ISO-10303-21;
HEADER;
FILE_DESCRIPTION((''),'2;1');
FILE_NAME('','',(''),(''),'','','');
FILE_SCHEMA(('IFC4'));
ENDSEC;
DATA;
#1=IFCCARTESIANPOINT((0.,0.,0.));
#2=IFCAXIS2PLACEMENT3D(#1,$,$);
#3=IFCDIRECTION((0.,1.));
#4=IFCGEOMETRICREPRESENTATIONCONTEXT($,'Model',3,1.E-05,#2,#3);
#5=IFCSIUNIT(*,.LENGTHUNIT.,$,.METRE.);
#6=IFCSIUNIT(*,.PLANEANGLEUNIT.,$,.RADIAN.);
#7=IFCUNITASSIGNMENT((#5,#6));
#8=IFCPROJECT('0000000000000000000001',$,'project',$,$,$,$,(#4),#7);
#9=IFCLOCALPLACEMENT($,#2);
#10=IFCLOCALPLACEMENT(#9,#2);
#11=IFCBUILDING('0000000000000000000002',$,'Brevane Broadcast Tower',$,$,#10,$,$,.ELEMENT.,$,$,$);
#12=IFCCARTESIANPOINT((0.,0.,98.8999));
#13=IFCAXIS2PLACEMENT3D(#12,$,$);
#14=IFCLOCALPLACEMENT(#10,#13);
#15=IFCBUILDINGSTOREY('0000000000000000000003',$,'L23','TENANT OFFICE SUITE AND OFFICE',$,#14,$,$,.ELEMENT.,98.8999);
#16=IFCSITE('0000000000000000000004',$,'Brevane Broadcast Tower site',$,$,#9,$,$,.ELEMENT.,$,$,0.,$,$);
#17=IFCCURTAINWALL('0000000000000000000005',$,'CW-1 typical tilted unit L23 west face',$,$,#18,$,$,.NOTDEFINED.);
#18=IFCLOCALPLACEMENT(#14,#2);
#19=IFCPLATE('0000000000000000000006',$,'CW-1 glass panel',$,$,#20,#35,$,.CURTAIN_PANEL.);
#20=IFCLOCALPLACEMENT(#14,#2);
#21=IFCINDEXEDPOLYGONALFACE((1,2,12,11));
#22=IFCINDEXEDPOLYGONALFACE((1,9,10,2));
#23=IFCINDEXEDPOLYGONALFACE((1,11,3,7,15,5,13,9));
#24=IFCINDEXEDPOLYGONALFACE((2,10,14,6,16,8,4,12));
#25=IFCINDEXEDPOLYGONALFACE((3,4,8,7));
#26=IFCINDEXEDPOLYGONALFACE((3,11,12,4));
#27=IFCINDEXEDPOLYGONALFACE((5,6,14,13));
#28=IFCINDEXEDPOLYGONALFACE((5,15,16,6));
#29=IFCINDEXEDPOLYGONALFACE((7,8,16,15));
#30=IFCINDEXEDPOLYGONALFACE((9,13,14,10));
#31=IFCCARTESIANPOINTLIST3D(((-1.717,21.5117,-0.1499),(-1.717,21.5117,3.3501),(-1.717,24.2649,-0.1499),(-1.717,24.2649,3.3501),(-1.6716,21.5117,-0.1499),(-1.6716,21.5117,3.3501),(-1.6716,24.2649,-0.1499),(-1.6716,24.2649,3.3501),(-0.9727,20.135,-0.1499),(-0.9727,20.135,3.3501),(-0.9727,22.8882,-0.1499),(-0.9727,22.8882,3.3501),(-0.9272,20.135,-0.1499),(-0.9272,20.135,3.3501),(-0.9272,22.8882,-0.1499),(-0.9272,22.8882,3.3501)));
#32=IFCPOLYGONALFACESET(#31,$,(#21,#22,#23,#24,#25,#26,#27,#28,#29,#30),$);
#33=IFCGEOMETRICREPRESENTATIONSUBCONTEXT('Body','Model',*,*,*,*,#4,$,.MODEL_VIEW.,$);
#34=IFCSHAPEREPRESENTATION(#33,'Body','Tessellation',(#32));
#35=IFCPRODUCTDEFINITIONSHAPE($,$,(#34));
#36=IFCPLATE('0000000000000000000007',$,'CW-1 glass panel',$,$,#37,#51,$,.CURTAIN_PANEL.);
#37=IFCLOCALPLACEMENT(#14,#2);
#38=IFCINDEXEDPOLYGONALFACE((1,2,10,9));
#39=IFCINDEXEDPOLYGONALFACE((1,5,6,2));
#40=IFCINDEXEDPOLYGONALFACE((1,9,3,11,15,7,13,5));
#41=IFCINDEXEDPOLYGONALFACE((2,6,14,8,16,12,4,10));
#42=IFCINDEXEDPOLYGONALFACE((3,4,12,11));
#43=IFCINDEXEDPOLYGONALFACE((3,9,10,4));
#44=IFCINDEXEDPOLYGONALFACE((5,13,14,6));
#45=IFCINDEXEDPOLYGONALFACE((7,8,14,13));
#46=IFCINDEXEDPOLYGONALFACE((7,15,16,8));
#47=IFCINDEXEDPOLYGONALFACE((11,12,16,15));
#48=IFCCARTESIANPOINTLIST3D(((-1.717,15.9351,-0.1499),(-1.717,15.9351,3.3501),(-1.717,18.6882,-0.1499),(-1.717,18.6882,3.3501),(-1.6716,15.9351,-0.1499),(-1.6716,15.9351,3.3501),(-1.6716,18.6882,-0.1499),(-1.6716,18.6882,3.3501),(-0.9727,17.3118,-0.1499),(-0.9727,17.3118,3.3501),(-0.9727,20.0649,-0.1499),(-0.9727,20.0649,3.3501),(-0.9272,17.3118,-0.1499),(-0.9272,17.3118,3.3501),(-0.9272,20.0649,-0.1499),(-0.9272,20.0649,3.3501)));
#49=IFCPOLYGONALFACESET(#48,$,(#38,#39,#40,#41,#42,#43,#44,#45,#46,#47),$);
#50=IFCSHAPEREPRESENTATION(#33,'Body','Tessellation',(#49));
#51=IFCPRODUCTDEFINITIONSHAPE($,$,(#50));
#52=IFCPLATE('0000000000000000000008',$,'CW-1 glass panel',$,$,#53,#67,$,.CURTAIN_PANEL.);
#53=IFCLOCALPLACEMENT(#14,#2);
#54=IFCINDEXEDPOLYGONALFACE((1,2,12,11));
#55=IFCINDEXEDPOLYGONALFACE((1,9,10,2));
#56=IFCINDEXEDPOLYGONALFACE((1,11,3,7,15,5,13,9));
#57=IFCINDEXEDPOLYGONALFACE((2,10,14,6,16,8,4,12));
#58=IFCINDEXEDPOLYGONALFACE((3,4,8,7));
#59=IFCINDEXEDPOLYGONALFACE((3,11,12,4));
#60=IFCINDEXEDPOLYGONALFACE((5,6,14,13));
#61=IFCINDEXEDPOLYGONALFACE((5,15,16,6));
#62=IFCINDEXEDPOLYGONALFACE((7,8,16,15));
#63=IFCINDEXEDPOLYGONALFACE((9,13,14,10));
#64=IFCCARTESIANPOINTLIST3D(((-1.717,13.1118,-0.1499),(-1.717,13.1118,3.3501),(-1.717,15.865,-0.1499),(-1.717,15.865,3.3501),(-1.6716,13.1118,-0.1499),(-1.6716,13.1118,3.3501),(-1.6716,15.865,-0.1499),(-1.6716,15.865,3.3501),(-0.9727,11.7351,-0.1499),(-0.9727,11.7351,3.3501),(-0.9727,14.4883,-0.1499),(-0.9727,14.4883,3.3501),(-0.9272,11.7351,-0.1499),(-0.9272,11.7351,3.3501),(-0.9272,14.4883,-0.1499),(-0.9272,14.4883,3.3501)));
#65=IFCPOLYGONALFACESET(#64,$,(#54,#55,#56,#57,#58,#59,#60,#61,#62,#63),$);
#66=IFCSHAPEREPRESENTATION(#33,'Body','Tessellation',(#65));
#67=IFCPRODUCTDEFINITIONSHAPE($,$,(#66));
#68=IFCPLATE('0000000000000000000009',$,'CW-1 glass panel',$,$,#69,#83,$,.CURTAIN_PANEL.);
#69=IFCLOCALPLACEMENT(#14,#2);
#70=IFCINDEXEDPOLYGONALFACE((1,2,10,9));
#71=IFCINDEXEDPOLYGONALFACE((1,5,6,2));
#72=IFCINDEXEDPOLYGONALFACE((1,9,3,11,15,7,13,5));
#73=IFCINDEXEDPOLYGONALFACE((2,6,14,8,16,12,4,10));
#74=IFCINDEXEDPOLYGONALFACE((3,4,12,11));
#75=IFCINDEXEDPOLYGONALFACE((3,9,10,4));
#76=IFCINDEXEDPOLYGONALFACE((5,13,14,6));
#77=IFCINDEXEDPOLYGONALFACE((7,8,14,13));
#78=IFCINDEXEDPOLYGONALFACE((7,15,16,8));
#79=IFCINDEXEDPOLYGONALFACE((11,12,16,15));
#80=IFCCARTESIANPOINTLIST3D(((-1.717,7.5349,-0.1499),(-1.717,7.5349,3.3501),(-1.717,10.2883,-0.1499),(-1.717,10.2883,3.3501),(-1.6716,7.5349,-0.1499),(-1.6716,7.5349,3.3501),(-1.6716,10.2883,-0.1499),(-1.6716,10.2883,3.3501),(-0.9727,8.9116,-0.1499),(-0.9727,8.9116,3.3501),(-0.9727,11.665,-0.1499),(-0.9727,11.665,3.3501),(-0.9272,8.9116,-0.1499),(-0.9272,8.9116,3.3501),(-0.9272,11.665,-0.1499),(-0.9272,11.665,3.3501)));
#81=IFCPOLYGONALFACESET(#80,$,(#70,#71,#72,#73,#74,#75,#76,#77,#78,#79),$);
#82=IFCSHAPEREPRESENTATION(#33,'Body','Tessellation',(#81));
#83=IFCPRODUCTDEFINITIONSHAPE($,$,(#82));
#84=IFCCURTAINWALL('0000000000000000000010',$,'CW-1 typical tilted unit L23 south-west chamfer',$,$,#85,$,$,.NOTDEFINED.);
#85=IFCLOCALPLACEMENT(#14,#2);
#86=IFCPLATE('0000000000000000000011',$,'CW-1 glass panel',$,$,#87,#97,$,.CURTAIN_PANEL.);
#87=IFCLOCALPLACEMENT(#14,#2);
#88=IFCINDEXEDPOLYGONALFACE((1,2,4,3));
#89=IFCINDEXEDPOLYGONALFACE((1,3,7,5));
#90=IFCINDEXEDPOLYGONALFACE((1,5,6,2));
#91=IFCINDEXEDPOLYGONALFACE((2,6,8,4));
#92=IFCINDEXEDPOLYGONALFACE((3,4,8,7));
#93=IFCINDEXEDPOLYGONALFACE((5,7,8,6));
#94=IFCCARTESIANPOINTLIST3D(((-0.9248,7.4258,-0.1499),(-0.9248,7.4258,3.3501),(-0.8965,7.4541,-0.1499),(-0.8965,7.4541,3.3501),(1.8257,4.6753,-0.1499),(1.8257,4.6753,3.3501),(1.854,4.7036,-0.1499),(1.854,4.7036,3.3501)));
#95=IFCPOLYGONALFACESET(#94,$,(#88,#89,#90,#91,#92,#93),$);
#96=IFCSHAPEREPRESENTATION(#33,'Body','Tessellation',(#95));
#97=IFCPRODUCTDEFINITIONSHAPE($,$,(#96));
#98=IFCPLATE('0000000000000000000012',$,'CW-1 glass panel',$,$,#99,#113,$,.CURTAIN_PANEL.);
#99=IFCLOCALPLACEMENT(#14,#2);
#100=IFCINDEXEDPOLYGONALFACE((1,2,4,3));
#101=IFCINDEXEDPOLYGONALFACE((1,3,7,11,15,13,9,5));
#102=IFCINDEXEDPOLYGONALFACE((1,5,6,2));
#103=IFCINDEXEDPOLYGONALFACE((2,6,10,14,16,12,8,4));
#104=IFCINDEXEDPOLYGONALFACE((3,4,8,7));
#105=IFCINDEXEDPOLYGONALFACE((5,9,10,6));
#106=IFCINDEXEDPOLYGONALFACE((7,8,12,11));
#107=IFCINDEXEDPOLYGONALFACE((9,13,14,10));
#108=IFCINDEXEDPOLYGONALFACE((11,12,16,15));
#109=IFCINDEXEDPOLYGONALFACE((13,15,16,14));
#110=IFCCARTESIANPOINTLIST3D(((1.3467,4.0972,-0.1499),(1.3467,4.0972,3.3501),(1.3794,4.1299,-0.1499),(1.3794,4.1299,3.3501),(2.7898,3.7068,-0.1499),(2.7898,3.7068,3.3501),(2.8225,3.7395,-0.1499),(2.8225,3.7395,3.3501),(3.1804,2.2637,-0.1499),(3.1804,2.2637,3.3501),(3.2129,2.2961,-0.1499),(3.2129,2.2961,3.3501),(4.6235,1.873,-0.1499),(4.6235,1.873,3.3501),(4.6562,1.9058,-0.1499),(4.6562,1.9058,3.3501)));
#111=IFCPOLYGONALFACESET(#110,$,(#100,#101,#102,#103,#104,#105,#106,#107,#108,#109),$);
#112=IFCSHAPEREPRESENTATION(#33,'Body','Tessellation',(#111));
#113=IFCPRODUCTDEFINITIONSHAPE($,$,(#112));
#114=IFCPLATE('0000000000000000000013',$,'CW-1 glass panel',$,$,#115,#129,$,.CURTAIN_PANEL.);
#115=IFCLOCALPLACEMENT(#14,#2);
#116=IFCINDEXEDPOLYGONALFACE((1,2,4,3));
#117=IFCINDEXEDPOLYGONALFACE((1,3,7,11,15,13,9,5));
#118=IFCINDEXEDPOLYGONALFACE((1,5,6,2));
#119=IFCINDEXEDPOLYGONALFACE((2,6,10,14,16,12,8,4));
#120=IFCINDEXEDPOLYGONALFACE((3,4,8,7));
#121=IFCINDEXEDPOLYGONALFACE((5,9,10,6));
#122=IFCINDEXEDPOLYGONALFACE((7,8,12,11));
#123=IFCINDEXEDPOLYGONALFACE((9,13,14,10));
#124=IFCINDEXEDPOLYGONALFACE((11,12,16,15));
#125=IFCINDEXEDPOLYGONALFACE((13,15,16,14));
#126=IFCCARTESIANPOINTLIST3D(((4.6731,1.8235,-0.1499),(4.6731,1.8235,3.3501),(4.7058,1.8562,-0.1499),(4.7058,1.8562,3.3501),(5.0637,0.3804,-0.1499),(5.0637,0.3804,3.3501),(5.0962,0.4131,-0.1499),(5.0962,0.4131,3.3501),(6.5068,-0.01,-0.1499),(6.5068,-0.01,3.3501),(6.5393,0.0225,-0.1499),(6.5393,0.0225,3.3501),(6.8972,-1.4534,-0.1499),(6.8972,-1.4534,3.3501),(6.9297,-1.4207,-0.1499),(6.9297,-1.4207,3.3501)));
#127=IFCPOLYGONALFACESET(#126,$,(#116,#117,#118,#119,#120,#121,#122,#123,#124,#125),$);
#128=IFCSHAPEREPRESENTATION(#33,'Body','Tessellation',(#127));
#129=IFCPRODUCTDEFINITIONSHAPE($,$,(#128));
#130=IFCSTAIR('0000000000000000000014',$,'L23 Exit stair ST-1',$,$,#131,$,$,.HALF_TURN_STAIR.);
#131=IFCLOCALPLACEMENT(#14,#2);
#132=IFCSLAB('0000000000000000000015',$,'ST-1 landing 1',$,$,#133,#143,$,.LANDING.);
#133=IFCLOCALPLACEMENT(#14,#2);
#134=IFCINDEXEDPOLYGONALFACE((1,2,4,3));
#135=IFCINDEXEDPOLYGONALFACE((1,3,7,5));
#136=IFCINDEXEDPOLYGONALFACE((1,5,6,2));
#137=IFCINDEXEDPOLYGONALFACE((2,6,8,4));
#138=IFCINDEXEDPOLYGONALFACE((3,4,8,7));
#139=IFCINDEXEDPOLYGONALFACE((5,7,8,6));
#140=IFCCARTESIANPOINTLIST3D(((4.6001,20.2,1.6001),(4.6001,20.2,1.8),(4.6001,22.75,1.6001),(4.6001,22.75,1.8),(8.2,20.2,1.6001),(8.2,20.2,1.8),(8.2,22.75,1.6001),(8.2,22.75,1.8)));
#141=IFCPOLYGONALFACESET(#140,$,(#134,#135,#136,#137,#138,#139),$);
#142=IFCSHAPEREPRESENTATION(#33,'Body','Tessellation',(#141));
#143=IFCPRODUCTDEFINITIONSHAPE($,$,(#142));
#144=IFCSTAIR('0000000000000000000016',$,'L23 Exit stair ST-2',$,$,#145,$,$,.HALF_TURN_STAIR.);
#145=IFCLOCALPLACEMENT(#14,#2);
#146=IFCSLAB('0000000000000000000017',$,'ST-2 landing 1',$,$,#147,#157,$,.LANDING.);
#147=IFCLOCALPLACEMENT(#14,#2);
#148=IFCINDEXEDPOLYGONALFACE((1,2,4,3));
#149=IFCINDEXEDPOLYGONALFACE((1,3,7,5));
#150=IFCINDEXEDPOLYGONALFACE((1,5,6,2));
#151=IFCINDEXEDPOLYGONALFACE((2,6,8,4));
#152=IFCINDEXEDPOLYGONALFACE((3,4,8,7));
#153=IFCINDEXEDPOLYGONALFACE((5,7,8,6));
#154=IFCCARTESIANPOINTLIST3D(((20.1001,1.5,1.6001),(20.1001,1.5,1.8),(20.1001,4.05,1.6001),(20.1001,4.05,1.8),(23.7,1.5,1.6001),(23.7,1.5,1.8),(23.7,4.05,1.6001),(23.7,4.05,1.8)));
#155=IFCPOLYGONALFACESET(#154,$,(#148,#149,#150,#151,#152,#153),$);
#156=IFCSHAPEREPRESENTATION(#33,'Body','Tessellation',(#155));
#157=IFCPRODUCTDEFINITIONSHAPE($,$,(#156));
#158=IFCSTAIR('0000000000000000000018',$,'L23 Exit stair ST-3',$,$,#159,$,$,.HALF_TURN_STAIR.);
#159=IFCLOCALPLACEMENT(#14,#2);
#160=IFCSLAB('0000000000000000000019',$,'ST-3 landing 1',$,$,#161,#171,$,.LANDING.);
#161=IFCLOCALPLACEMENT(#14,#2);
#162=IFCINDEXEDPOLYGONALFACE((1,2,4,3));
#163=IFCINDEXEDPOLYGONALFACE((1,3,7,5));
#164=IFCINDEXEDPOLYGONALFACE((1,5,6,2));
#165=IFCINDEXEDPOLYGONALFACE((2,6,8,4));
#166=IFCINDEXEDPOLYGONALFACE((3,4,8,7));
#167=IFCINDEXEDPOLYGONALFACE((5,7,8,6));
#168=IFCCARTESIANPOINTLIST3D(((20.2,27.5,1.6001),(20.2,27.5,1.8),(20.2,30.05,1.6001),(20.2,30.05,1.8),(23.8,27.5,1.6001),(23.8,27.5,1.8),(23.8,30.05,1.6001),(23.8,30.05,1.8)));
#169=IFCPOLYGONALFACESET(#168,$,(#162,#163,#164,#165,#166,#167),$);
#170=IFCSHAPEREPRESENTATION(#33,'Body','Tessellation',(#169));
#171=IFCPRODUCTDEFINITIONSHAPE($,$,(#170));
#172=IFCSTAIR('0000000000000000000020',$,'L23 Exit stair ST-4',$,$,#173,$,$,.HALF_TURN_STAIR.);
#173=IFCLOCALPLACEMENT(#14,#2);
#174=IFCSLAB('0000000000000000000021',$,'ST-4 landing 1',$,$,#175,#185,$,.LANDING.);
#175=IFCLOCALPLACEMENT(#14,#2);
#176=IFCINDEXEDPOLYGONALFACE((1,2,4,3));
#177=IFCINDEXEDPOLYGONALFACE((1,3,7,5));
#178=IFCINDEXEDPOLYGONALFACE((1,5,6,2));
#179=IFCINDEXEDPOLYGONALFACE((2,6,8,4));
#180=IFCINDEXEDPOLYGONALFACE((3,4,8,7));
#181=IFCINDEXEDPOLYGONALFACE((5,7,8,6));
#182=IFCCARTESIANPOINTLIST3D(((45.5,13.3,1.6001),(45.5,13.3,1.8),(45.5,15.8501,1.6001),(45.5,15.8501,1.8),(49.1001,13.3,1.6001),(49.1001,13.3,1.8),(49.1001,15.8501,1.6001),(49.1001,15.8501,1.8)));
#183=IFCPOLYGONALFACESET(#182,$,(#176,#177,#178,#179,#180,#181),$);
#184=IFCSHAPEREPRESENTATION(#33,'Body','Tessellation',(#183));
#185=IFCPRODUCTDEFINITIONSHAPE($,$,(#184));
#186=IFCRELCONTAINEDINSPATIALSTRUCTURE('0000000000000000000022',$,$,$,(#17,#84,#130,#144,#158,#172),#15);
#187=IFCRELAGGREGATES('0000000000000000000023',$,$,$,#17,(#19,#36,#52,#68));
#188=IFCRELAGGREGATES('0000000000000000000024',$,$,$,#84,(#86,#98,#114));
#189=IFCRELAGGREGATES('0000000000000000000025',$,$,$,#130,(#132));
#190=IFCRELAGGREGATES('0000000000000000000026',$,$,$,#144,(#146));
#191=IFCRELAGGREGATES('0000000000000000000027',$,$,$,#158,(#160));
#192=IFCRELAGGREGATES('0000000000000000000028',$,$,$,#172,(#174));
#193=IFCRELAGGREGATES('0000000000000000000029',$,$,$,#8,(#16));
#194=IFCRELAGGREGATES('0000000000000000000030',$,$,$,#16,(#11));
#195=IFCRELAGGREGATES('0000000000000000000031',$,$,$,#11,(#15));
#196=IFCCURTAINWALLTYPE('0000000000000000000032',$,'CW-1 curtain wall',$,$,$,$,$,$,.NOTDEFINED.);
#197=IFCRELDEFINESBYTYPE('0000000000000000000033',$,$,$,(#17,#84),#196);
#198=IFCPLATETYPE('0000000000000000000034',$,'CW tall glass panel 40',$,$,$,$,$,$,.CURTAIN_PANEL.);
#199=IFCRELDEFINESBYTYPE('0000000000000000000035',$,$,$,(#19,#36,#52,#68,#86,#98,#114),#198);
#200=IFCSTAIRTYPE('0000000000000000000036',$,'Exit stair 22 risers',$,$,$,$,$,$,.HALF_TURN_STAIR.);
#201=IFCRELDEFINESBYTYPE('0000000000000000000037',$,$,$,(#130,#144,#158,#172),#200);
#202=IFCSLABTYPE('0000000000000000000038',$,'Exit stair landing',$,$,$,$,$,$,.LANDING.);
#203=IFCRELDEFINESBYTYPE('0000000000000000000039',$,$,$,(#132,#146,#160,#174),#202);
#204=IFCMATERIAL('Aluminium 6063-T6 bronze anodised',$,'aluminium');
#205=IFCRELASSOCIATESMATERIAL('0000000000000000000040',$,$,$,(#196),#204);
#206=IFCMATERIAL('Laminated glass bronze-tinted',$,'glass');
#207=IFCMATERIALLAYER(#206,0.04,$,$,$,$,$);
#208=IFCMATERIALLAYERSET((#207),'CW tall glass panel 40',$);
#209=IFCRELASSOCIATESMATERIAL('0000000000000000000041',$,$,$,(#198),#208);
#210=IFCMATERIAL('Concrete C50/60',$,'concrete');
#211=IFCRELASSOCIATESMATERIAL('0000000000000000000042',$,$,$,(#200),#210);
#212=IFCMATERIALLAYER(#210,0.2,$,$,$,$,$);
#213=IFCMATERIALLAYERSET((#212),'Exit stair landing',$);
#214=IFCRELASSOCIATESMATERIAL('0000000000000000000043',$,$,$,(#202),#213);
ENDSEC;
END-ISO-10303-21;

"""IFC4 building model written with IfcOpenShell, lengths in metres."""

from ifc_helpers import new_model, si_unit, direction, frame, origin, place, context, subcontext, project, spatial, polyline, outline, extrude, material, layer, layer_set, type_object, element, aggregate, save


model = new_model("IFC4")

# Units and contexts
model_context = context("Model", 3, precision=1e-05, world=origin(), true_north=direction((0.0, 1.0)))
body_context = subcontext(model_context, "Body", "Model", "MODEL_VIEW")
ifc_project = project(units=[si_unit("LENGTHUNIT", "METRE"), si_unit("PLANEANGLEUNIT", "RADIAN")], contexts=[model_context])

# Site, building, storey
site_placement = place(None, origin())
site = spatial("IfcSite", under=ifc_project, at=site_placement, Name="Brevane Broadcast Tower site", CompositionType="ELEMENT", RefElevation=0.0)
building_placement = place(site_placement, origin())
building = spatial("IfcBuilding", under=site, at=building_placement, Name="Brevane Broadcast Tower", CompositionType="ELEMENT")
storey_placement = place(building_placement, frame((0.0, 0.0, 98.8999)))
storey = spatial("IfcBuildingStorey", under=building, at=storey_placement, Name="L23", Description="TENANT OFFICE SUITE AND OFFICE", CompositionType="ELEMENT", Elevation=98.8999)

# Curtain walls, plates
ifc_material_1 = material(Name="Aluminium 6063-T6 bronze anodised", Category="aluminium")
curtain_wall_type = type_object("IfcCurtainWallType", Name="CW-1 curtain wall", PredefinedType="NOTDEFINED", material=ifc_material_1)
ifc_material_2 = material(Name="Laminated glass bronze-tinted", Category="glass")
ifc_layer_1 = layer(ifc_material_2, 0.04)
ifc_layer_set_1 = layer_set([ifc_layer_1], Name="CW tall glass panel 40")
plate_type = type_object("IfcPlateType", Name="CW tall glass panel 40", PredefinedType="CURTAIN_PANEL", material=ifc_layer_set_1)
curtain_wall_1_placement = place(storey_placement, origin())
curtain_wall_1 = element("IfcCurtainWall", 1, at=curtain_wall_1_placement, inside=storey, type_object=curtain_wall_type, Name="CW-1 typical tilted unit L23 west face", PredefinedType="NOTDEFINED")
plate_1_placement = place(storey_placement, frame((0.0, 0.0, -0.1499)))
plate_1 = element("IfcPlate", 2, at=plate_1_placement, type_object=plate_type, Name="CW-1 glass panel", PredefinedType="CURTAIN_PANEL", context=body_context, shape_type="SweptSolid", body=[
    extrude(outline(polyline([(-1.6716, 24.2649), (-1.717, 24.2649), (-0.9727, 22.8882), (-1.717, 21.5117), (-0.9727, 20.135), (-0.9272, 20.135), (-1.6716, 21.5117), (-0.9272, 22.8882), (-1.6716, 24.2649)])), origin(), (0.0, 0.0, 1.0), 3.5),
])
plate_2_placement = place(storey_placement, frame((0.0, 0.0, -0.1499)))
plate_2 = element("IfcPlate", 3, at=plate_2_placement, type_object=plate_type, Name="CW-1 glass panel", PredefinedType="CURTAIN_PANEL", context=body_context, shape_type="SweptSolid", body=[
    extrude(outline(polyline([(-0.9272, 20.0649), (-0.9727, 20.0649), (-1.717, 18.6882), (-0.9727, 17.3118), (-1.717, 15.9351), (-1.6716, 15.9351), (-0.9272, 17.3118), (-1.6716, 18.6882), (-0.9272, 20.0649)])), origin(), (0.0, 0.0, 1.0), 3.5),
])
plate_3_placement = place(storey_placement, frame((0.0, 0.0, -0.1499)))
plate_3 = element("IfcPlate", 4, at=plate_3_placement, type_object=plate_type, Name="CW-1 glass panel", PredefinedType="CURTAIN_PANEL", context=body_context, shape_type="SweptSolid", body=[
    extrude(outline(polyline([(-1.6716, 15.865), (-1.717, 15.865), (-0.9727, 14.4883), (-1.717, 13.1118), (-0.9727, 11.7351), (-0.9272, 11.7351), (-1.6716, 13.1118), (-0.9272, 14.4883), (-1.6716, 15.865)])), origin(), (0.0, 0.0, 1.0), 3.5),
])
plate_4_placement = place(storey_placement, frame((0.0, 0.0, -0.1499)))
plate_4 = element("IfcPlate", 5, at=plate_4_placement, type_object=plate_type, Name="CW-1 glass panel", PredefinedType="CURTAIN_PANEL", context=body_context, shape_type="SweptSolid", body=[
    extrude(outline(polyline([(-0.9272, 11.665), (-0.9727, 11.665), (-1.717, 10.2883), (-0.9727, 8.9116), (-1.717, 7.5349), (-1.6716, 7.5349), (-0.9272, 8.9116), (-1.6716, 10.2883), (-0.9272, 11.665)])), origin(), (0.0, 0.0, 1.0), 3.5),
])
aggregate(curtain_wall_1, [plate_1, plate_2, plate_3, plate_4])
curtain_wall_2_placement = place(storey_placement, origin())
curtain_wall_2 = element("IfcCurtainWall", 6, at=curtain_wall_2_placement, inside=storey, type_object=curtain_wall_type, Name="CW-1 typical tilted unit L23 south-west chamfer", PredefinedType="NOTDEFINED")
plate_5_placement = place(storey_placement, frame((0.0, 0.0, -0.1499)))
plate_5 = element("IfcPlate", 7, at=plate_5_placement, type_object=plate_type, Name="CW-1 glass panel", PredefinedType="CURTAIN_PANEL", context=body_context, shape_type="SweptSolid", body=[
    extrude(outline(polyline([(-0.8965, 7.4541), (1.854, 4.7036), (1.8257, 4.6753), (-0.9248, 7.4258), (-0.8965, 7.4541)])), origin(), (0.0, 0.0, 1.0), 3.5),
])
plate_6_placement = place(storey_placement, frame((0.0, 0.0, -0.1499)))
plate_6 = element("IfcPlate", 8, at=plate_6_placement, type_object=plate_type, Name="CW-1 glass panel", PredefinedType="CURTAIN_PANEL", context=body_context, shape_type="SweptSolid", body=[
    extrude(outline(polyline([(1.3794, 4.1299), (1.3467, 4.0972), (2.7898, 3.7068), (3.1804, 2.2637), (4.6235, 1.873), (4.6562, 1.9058), (3.2129, 2.2961), (2.8225, 3.7395), (1.3794, 4.1299)])), origin(), (0.0, 0.0, 1.0), 3.5),
])
plate_7_placement = place(storey_placement, frame((0.0, 0.0, -0.1499)))
plate_7 = element("IfcPlate", 9, at=plate_7_placement, type_object=plate_type, Name="CW-1 glass panel", PredefinedType="CURTAIN_PANEL", context=body_context, shape_type="SweptSolid", body=[
    extrude(outline(polyline([(4.7058, 1.8562), (4.6731, 1.8235), (5.0637, 0.3804), (6.5068, -0.01), (6.8972, -1.4534), (6.9297, -1.4207), (6.5393, 0.0225), (5.0962, 0.4131), (4.7058, 1.8562)])), origin(), (0.0, 0.0, 1.0), 3.5),
])
aggregate(curtain_wall_2, [plate_5, plate_6, plate_7])

# Stairs, slabs
ifc_material_3 = material(Name="Concrete C50/60", Category="concrete")
stair_type = type_object("IfcStairType", Name="Exit stair 22 risers", PredefinedType="HALF_TURN_STAIR", material=ifc_material_3)
stair_1_placement = place(storey_placement, origin())
stair_1 = element("IfcStair", 10, at=stair_1_placement, inside=storey, type_object=stair_type, Name="L23 Exit stair ST-1", PredefinedType="HALF_TURN_STAIR")
ifc_layer_2 = layer(ifc_material_3, 0.2)
ifc_layer_set_2 = layer_set([ifc_layer_2], Name="Exit stair landing")
slab_type_1 = type_object("IfcSlabType", Name="Exit stair landing", PredefinedType="LANDING", material=ifc_layer_set_2)
slab_1_placement = place(storey_placement, frame((0.0, 0.0, 1.6001)))
slab_1 = element("IfcSlab", 11, at=slab_1_placement, type_object=slab_type_1, Name="ST-1 landing 1", PredefinedType="LANDING", context=body_context, shape_type="SweptSolid", body=[
    extrude(outline(polyline([(4.6001, 20.2), (8.2, 20.2), (8.2, 22.75), (4.6001, 22.75), (4.6001, 20.2)])), origin(), (0.0, 0.0, 1.0), 0.2),
])
aggregate(stair_1, [slab_1])
stair_2_placement = place(storey_placement, origin())
stair_2 = element("IfcStair", 12, at=stair_2_placement, inside=storey, type_object=stair_type, Name="L23 Exit stair ST-2", PredefinedType="HALF_TURN_STAIR")
slab_2_placement = place(storey_placement, frame((0.0, 0.0, 1.6001)))
slab_2 = element("IfcSlab", 13, at=slab_2_placement, type_object=slab_type_1, Name="ST-2 landing 1", PredefinedType="LANDING", context=body_context, shape_type="SweptSolid", body=[
    extrude(outline(polyline([(20.1001, 1.5), (23.7, 1.5), (23.7, 4.05), (20.1001, 4.05), (20.1001, 1.5)])), origin(), (0.0, 0.0, 1.0), 0.2),
])
aggregate(stair_2, [slab_2])
stair_3_placement = place(storey_placement, origin())
stair_3 = element("IfcStair", 14, at=stair_3_placement, inside=storey, type_object=stair_type, Name="L23 Exit stair ST-3", PredefinedType="HALF_TURN_STAIR")
slab_3_placement = place(storey_placement, frame((0.0, 0.0, 1.6001)))
slab_3 = element("IfcSlab", 15, at=slab_3_placement, type_object=slab_type_1, Name="ST-3 landing 1", PredefinedType="LANDING", context=body_context, shape_type="SweptSolid", body=[
    extrude(outline(polyline([(20.2, 27.5), (23.8, 27.5), (23.8, 30.05), (20.2, 30.05), (20.2, 27.5)])), origin(), (0.0, 0.0, 1.0), 0.2),
])
aggregate(stair_3, [slab_3])
stair_4_placement = place(storey_placement, origin())
stair_4 = element("IfcStair", 16, at=stair_4_placement, inside=storey, type_object=stair_type, Name="L23 Exit stair ST-4", PredefinedType="HALF_TURN_STAIR")
slab_4_placement = place(storey_placement, frame((0.0, 0.0, 1.6001)))
slab_4 = element("IfcSlab", 17, at=slab_4_placement, type_object=slab_type_1, Name="ST-4 landing 1", PredefinedType="LANDING", context=body_context, shape_type="SweptSolid", body=[
    extrude(outline(polyline([(45.5, 13.3), (49.1001, 13.3), (49.1001, 15.8501), (45.5, 15.8501), (45.5, 13.3)])), origin(), (0.0, 0.0, 1.0), 0.2),
])
aggregate(stair_4, [slab_4])

save(model, "model.ifc")
